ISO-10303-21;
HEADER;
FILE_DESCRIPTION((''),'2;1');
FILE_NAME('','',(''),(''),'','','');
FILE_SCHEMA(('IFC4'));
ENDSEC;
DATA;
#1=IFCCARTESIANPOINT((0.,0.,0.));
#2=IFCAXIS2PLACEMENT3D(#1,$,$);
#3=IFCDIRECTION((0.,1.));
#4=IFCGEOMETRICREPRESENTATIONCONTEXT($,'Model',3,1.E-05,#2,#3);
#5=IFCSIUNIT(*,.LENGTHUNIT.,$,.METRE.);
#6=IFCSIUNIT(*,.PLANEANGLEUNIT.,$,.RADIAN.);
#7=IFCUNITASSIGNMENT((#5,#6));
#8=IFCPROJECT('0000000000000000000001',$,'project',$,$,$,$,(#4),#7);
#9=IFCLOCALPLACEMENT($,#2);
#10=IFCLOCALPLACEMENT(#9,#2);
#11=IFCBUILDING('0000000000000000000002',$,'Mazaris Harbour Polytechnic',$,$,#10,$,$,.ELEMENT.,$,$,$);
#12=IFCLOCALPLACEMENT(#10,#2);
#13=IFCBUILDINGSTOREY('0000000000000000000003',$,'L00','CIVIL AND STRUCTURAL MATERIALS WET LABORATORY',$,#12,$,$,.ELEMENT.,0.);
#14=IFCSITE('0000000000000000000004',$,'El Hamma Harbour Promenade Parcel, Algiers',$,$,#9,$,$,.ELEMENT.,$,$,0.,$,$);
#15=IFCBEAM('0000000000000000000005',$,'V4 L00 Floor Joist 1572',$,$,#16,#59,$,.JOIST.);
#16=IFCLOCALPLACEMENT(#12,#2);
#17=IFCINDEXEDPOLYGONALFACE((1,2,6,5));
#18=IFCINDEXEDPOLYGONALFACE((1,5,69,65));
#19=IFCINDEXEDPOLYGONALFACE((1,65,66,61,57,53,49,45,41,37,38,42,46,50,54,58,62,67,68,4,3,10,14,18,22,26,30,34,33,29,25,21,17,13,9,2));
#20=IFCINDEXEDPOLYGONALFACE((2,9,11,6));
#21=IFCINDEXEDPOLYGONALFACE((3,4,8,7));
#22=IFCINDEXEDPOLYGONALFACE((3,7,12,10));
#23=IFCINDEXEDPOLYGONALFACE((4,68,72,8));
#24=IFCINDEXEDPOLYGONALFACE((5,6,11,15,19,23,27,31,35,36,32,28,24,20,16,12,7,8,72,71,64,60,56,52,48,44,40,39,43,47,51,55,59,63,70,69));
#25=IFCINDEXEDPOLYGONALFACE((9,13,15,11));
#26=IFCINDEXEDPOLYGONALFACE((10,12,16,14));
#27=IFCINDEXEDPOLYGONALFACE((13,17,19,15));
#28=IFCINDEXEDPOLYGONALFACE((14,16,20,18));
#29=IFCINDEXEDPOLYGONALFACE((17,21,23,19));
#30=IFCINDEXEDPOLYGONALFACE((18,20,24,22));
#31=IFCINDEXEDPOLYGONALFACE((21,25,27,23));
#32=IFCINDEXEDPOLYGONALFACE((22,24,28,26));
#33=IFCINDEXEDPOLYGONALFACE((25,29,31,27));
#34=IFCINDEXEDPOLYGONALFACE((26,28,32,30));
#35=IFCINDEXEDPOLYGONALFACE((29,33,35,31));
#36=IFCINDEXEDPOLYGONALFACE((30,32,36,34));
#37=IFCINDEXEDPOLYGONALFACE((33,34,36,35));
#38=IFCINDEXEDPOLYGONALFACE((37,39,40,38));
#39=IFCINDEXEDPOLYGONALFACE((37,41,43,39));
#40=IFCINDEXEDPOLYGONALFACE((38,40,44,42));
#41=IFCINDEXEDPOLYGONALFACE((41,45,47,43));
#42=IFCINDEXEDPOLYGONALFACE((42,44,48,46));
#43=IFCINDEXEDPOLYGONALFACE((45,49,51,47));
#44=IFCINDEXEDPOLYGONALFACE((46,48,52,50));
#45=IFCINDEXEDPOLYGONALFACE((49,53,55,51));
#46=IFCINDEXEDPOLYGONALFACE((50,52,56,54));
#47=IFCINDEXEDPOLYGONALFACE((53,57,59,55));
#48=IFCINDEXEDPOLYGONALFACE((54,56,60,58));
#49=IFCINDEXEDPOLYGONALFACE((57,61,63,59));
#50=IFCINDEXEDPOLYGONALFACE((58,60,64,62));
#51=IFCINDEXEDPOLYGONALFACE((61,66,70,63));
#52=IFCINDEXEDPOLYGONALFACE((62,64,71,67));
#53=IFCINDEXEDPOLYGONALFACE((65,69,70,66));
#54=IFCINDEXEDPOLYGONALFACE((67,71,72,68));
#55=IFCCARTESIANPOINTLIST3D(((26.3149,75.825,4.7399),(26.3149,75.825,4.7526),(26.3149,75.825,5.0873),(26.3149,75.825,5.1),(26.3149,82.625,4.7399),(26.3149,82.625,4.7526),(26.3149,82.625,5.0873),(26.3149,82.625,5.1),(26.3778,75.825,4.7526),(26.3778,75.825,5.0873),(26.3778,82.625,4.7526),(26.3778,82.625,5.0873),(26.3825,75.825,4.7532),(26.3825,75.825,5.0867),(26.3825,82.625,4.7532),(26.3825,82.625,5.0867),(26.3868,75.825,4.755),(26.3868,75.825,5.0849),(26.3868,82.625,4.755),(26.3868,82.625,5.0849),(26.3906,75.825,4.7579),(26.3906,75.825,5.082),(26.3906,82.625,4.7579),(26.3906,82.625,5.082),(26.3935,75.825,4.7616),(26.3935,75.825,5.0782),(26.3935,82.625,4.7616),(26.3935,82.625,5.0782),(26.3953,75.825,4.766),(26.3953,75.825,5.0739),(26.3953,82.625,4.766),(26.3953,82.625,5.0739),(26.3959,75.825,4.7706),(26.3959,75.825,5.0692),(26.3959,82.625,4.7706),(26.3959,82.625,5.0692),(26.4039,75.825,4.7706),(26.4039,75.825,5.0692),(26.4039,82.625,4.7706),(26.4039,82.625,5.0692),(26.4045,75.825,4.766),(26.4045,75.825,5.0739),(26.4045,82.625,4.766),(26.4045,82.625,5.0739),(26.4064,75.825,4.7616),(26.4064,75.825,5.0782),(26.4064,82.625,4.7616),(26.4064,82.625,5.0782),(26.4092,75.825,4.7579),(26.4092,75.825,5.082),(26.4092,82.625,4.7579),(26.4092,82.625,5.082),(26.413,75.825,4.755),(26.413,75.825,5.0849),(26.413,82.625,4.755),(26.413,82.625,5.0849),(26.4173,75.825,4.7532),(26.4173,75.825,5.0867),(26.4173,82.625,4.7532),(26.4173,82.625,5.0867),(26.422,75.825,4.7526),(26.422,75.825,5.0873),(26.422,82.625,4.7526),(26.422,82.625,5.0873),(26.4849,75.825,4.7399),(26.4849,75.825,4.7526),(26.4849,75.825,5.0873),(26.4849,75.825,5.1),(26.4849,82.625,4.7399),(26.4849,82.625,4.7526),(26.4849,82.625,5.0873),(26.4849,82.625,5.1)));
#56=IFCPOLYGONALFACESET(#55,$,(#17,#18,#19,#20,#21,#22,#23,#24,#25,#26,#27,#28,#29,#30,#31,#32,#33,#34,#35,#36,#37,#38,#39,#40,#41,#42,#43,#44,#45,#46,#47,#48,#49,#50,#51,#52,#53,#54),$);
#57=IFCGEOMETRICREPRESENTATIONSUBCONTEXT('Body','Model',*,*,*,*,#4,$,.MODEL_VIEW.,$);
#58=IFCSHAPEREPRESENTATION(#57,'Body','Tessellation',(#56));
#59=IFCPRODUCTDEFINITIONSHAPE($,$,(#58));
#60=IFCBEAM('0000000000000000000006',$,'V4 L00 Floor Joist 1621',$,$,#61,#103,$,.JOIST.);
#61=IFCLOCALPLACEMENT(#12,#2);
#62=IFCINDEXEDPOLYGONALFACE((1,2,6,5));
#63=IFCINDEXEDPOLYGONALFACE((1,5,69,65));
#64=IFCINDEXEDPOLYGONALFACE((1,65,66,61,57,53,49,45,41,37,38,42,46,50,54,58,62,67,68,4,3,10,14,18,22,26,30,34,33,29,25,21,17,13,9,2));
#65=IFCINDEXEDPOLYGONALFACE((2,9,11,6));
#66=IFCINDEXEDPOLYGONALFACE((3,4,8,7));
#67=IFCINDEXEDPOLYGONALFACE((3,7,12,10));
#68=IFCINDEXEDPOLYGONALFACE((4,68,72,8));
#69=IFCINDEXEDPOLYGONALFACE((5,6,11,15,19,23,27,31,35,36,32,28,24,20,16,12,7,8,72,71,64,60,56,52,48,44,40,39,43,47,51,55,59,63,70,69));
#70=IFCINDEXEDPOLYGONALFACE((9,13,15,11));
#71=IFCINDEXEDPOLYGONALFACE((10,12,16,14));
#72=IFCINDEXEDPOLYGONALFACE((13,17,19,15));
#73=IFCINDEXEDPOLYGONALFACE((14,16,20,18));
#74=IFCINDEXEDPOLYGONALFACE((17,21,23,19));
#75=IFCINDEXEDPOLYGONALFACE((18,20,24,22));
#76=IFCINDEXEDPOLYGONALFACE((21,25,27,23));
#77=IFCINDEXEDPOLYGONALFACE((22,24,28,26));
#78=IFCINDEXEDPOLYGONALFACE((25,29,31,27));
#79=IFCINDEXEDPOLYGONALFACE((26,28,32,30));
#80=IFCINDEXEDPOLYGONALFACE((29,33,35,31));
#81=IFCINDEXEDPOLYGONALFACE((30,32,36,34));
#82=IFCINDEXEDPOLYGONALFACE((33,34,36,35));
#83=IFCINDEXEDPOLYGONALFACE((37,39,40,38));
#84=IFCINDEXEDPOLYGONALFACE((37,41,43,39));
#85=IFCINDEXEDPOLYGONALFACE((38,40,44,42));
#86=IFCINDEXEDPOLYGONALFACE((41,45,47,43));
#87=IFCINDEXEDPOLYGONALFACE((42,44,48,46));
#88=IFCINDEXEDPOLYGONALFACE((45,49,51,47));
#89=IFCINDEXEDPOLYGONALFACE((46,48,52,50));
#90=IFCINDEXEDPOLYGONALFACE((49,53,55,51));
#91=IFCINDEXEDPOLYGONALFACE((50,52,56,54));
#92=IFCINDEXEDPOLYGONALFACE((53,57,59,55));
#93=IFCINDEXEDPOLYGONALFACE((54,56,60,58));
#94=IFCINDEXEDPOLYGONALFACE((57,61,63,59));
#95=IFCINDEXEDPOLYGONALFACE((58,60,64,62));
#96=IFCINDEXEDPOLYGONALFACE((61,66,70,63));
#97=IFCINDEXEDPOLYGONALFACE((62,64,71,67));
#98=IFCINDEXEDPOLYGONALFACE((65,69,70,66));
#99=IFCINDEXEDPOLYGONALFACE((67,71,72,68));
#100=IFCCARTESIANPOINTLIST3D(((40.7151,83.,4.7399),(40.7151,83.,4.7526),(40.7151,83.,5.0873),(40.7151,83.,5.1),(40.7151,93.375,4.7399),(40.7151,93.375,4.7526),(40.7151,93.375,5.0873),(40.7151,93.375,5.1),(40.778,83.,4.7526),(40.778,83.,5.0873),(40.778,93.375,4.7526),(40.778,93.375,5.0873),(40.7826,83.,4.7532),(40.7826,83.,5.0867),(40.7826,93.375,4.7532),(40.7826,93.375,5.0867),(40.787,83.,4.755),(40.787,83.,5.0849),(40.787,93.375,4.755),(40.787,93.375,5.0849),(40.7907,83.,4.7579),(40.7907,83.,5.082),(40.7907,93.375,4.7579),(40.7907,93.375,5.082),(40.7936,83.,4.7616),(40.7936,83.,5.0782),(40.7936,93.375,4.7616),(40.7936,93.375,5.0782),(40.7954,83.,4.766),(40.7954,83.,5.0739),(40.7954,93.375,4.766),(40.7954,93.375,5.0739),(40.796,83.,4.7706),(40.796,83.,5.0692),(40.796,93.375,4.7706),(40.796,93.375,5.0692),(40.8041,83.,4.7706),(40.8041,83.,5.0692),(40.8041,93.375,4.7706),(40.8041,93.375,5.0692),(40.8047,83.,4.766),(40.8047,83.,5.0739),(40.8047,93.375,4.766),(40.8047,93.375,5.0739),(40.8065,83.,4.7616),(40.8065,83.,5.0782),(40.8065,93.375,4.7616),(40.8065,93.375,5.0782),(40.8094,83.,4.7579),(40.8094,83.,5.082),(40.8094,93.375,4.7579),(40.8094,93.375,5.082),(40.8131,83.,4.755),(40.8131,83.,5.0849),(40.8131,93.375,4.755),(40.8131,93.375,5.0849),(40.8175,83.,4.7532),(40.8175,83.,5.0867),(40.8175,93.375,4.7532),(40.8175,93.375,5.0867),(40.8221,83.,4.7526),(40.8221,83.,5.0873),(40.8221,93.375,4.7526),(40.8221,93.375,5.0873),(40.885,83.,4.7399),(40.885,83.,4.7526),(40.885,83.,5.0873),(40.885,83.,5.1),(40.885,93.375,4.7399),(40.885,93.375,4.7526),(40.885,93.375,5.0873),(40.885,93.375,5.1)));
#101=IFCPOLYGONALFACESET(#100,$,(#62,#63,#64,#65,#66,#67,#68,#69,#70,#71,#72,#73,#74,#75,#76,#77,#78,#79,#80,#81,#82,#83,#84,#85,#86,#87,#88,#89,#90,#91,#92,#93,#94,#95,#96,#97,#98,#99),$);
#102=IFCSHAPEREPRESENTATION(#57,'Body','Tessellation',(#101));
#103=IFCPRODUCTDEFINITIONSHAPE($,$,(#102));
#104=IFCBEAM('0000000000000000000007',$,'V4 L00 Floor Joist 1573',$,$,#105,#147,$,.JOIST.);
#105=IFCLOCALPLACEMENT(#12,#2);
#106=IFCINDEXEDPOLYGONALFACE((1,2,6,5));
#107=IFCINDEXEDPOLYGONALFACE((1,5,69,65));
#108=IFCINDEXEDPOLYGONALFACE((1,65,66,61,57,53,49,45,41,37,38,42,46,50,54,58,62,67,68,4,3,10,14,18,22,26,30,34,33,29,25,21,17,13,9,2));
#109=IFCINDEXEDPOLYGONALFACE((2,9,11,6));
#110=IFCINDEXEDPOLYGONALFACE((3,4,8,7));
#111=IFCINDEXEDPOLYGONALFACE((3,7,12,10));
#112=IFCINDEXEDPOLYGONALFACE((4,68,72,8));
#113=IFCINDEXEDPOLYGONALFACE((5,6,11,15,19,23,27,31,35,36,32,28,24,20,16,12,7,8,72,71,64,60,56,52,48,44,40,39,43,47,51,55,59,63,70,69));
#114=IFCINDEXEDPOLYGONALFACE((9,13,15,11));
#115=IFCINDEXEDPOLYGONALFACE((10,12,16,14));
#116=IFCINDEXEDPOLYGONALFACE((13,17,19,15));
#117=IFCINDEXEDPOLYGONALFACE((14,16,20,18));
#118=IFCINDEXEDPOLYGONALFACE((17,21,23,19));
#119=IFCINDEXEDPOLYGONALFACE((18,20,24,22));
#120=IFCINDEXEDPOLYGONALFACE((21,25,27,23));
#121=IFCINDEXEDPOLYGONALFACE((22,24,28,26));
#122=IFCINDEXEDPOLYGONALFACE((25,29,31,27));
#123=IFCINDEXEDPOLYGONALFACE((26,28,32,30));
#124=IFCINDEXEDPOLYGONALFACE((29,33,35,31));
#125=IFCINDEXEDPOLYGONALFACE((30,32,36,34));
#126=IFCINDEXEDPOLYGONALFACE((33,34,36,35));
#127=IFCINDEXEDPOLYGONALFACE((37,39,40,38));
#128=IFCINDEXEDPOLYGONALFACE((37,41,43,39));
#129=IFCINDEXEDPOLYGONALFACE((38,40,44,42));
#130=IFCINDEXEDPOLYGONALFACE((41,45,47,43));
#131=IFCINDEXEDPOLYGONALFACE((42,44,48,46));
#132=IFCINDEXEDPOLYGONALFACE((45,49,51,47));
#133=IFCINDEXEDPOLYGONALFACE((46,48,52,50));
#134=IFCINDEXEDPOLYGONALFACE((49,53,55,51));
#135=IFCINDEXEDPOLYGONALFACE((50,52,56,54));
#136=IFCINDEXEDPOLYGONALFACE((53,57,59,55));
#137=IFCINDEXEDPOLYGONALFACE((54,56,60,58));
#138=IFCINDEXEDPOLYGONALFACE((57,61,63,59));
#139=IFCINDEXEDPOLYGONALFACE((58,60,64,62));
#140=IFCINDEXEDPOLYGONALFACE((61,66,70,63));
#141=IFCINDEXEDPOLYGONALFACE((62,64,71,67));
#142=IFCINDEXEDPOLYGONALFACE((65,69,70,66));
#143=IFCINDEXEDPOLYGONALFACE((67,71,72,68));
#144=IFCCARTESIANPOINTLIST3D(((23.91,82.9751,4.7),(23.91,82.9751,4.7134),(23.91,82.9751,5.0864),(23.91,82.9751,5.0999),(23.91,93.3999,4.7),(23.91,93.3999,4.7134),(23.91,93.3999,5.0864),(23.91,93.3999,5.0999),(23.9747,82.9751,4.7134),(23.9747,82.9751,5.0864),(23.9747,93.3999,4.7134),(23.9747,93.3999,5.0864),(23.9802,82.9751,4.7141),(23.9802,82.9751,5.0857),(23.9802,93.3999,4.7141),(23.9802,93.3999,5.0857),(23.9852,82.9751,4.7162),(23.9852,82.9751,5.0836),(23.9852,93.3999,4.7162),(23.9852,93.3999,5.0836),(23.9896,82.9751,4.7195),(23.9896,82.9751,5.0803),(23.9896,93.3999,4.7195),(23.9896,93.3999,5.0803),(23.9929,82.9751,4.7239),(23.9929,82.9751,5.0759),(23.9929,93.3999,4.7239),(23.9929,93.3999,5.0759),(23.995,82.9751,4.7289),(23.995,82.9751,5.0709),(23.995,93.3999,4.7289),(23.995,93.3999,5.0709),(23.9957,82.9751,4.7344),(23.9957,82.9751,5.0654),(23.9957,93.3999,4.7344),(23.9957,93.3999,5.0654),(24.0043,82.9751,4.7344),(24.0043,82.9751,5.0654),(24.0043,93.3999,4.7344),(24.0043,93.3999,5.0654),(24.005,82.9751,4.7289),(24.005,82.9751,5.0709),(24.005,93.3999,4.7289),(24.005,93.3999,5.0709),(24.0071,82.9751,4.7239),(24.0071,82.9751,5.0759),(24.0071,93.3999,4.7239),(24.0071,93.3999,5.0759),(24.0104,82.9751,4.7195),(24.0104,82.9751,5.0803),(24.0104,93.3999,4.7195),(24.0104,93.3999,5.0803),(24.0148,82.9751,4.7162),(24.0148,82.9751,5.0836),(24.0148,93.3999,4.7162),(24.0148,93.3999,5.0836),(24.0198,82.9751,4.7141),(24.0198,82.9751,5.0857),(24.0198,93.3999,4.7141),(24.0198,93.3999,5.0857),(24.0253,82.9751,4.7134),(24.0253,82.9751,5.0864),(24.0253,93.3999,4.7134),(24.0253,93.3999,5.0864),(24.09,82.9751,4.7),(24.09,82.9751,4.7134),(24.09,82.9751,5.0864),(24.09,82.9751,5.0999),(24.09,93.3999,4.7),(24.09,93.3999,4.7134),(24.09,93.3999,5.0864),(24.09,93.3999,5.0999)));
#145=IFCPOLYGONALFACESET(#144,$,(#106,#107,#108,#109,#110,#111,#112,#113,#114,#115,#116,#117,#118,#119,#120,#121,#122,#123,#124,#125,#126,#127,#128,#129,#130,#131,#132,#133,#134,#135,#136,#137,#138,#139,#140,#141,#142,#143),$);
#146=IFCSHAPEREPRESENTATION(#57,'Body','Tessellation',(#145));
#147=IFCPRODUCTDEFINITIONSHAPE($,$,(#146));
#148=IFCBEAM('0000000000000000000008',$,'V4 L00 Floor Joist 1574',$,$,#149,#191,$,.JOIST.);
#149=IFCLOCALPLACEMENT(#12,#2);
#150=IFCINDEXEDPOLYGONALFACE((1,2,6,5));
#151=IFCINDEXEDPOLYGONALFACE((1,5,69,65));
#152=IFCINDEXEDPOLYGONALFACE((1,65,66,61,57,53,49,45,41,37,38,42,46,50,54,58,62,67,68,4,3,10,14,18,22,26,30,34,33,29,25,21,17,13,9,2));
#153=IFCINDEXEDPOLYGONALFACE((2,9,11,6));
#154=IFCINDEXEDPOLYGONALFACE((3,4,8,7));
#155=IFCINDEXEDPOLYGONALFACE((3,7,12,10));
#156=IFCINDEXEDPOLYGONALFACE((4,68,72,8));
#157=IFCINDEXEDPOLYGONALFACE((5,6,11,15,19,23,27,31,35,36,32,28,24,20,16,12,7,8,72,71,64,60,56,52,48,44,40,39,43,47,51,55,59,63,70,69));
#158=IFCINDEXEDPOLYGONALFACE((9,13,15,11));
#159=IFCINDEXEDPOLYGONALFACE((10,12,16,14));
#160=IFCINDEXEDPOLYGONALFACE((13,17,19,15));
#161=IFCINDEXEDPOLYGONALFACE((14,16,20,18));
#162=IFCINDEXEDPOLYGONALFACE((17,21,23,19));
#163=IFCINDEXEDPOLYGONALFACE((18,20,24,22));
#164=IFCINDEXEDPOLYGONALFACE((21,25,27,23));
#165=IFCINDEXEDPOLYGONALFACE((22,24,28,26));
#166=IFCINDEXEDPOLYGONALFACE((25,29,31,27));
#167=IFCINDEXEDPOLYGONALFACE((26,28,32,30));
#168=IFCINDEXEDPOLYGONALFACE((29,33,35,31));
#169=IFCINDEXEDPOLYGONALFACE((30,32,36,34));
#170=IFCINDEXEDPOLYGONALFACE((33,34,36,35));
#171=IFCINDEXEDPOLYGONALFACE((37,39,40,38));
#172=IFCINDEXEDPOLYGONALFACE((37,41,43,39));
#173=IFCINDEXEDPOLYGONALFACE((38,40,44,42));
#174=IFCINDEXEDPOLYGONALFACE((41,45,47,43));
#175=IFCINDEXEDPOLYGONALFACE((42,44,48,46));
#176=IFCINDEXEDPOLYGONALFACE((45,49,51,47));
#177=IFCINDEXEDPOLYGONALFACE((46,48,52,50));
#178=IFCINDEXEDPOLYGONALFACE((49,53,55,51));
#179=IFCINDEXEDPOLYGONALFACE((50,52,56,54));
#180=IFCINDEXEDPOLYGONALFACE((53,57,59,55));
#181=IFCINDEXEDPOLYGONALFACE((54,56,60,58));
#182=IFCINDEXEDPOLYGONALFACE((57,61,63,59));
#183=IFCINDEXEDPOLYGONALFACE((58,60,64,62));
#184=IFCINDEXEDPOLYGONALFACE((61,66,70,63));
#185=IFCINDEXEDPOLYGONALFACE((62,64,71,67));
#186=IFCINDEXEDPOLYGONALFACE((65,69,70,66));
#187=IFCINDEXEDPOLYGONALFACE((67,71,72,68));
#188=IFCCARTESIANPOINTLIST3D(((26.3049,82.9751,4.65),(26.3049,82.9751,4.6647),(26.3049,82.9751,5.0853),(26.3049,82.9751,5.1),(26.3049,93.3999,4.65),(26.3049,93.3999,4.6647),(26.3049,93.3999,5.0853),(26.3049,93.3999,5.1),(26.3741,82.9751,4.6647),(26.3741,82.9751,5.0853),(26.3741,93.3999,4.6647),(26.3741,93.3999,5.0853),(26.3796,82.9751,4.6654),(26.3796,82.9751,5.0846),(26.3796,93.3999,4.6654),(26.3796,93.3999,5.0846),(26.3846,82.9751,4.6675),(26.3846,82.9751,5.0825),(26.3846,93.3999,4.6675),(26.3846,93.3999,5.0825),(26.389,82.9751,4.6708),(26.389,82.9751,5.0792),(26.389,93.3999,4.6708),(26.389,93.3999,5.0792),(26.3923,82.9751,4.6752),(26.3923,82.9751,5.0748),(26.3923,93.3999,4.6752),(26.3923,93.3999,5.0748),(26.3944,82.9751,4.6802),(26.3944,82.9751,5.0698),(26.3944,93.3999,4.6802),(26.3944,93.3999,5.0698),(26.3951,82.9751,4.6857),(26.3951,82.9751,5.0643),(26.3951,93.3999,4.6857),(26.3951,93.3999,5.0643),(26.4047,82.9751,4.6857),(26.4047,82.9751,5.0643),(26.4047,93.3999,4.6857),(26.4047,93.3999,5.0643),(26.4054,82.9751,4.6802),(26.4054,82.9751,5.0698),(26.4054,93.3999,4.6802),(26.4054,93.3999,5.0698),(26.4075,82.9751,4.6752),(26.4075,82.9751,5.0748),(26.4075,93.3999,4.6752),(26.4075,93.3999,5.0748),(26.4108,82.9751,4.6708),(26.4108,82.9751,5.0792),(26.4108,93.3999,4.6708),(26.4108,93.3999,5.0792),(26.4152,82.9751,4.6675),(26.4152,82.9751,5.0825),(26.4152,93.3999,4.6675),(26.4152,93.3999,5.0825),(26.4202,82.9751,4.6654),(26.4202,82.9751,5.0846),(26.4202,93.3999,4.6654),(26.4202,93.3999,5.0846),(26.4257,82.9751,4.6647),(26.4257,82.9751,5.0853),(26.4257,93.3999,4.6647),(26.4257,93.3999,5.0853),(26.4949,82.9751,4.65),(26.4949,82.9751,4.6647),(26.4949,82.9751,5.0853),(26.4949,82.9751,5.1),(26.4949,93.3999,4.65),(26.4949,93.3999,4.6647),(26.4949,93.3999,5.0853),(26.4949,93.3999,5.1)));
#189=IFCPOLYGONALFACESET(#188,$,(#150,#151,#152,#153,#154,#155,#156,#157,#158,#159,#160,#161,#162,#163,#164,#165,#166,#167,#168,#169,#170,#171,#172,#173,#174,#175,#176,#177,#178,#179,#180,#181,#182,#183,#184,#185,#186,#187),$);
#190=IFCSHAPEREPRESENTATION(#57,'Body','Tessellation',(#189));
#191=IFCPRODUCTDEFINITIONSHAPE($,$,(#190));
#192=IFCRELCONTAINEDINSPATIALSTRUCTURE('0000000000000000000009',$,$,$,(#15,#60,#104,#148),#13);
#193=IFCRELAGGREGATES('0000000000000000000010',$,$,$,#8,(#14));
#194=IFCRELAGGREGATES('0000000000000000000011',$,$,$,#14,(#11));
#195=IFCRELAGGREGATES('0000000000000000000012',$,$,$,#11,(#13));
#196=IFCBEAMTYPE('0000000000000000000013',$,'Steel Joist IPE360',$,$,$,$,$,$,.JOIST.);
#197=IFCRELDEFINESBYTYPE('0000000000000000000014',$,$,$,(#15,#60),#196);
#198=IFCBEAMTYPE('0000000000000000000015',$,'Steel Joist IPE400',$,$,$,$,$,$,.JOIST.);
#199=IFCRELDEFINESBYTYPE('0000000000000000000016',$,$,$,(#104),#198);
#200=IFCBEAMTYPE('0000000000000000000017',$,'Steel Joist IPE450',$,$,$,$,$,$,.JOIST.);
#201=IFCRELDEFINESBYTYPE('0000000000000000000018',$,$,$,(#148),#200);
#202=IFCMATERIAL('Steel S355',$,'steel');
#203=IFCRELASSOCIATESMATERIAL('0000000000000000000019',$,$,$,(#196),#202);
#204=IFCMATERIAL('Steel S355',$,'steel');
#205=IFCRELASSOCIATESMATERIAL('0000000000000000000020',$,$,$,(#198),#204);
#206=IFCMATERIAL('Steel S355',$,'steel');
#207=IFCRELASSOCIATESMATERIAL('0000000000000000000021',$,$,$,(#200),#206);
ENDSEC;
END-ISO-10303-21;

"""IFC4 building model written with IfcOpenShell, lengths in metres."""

from ifc_helpers import new_model, si_unit, direction, frame, origin, origin_2d, place, context, subcontext, project, spatial, i_section, extrude, material, material_profile, profile_set, type_object, element, save


model = new_model("IFC4")

# Units and contexts
model_context = context("Model", 3, precision=1e-05, world=origin(), true_north=direction((0.0, 1.0)))
body_context = subcontext(model_context, "Body", "Model", "MODEL_VIEW")
ifc_project = project(units=[si_unit("LENGTHUNIT", "METRE"), si_unit("PLANEANGLEUNIT", "RADIAN")], contexts=[model_context])

# Site, building, storey
site_placement = place(None, origin())
site = spatial("IfcSite", under=ifc_project, at=site_placement, Name="El Hamma Harbour Promenade Parcel, Algiers", CompositionType="ELEMENT", RefElevation=0.0)
building_placement = place(site_placement, origin())
building = spatial("IfcBuilding", under=site, at=building_placement, Name="Mazaris Harbour Polytechnic", CompositionType="ELEMENT")
storey_placement = place(building_placement, origin())
storey = spatial("IfcBuildingStorey", under=building, at=storey_placement, Name="L00", Description="CIVIL AND STRUCTURAL MATERIALS WET LABORATORY", CompositionType="ELEMENT", Elevation=0.0)

# Beams
ifc_material_1 = material(Name="Steel S355", Category="steel")
ifc_material_profile_1 = material_profile(ifc_material_1, i_section(OverallWidth=0.1699, OverallDepth=0.3601, WebThickness=0.0081, FlangeThickness=0.0127, FilletRadius=0.0181, at=origin_2d()), Name="IPE 360")
ifc_profile_set_1 = profile_set([ifc_material_profile_1], Name="Steel S355")
beam_type_1 = type_object("IfcBeamType", Name="Steel Joist IPE360", PredefinedType="JOIST", material=ifc_profile_set_1)
beam_1_placement = place(storey_placement, frame((26.3999, 75.825, 4.9199), z_axis=(0.0, 1.0, 0.0), x_axis=(-1.0, 0.0, 0.0)))
element("IfcBeam", 1, at=beam_1_placement, inside=storey, type_object=beam_type_1, Name="V4 L00 Floor Joist 1572", PredefinedType="JOIST", context=body_context, shape_type="SweptSolid", body=[
    extrude(i_section(OverallWidth=0.1699, OverallDepth=0.3601, WebThickness=0.0081, FlangeThickness=0.0127, FilletRadius=0.0181, at=origin_2d()), origin(), (0.0, 0.0, 1.0), 6.8),
])
beam_2_placement = place(storey_placement, frame((40.8, 83.0, 4.9199), z_axis=(0.0, 1.0, 0.0), x_axis=(-1.0, 0.0, 0.0)))
element("IfcBeam", 2, at=beam_2_placement, inside=storey, type_object=beam_type_1, Name="V4 L00 Floor Joist 1621", PredefinedType="JOIST", context=body_context, shape_type="SweptSolid", body=[
    extrude(i_section(OverallWidth=0.1699, OverallDepth=0.3601, WebThickness=0.0081, FlangeThickness=0.0127, FilletRadius=0.0181, at=origin_2d()), origin(), (0.0, 0.0, 1.0), 10.375),
])
ifc_material_2 = material(Name="Steel S355", Category="steel")
ifc_material_profile_2 = material_profile(ifc_material_2, i_section(OverallWidth=0.1799, OverallDepth=0.3999, WebThickness=0.0085, FlangeThickness=0.0134, FilletRadius=0.021, at=origin_2d()), Name="IPE 400")
ifc_profile_set_2 = profile_set([ifc_material_profile_2], Name="Steel S355")
beam_type_2 = type_object("IfcBeamType", Name="Steel Joist IPE400", PredefinedType="JOIST", material=ifc_profile_set_2)
beam_3_placement = place(storey_placement, frame((24.0, 82.9751, 4.8999), z_axis=(0.0, 1.0, 0.0), x_axis=(-1.0, 0.0, 0.0)))
element("IfcBeam", 3, at=beam_3_placement, inside=storey, type_object=beam_type_2, Name="V4 L00 Floor Joist 1573", PredefinedType="JOIST", context=body_context, shape_type="SweptSolid", body=[
    extrude(i_section(OverallWidth=0.1799, OverallDepth=0.3999, WebThickness=0.0085, FlangeThickness=0.0134, FilletRadius=0.021, at=origin_2d()), origin(), (0.0, 0.0, 1.0), 10.4248),
])
ifc_material_3 = material(Name="Steel S355", Category="steel")
ifc_material_profile_3 = material_profile(ifc_material_3, i_section(OverallWidth=0.1899, OverallDepth=0.45, WebThickness=0.0095, FlangeThickness=0.0146, FilletRadius=0.021, at=origin_2d()), Name="IPE 450")
ifc_profile_set_3 = profile_set([ifc_material_profile_3], Name="Steel S355")
beam_type_3 = type_object("IfcBeamType", Name="Steel Joist IPE450", PredefinedType="JOIST", material=ifc_profile_set_3)
beam_4_placement = place(storey_placement, frame((26.3999, 82.9751, 4.875), z_axis=(0.0, 1.0, 0.0), x_axis=(-1.0, 0.0, 0.0)))
element("IfcBeam", 4, at=beam_4_placement, inside=storey, type_object=beam_type_3, Name="V4 L00 Floor Joist 1574", PredefinedType="JOIST", context=body_context, shape_type="SweptSolid", body=[
    extrude(i_section(OverallWidth=0.1899, OverallDepth=0.45, WebThickness=0.0095, FlangeThickness=0.0146, FilletRadius=0.021, at=origin_2d()), origin(), (0.0, 0.0, 1.0), 10.4248),
])

save(model, "model.ifc")
